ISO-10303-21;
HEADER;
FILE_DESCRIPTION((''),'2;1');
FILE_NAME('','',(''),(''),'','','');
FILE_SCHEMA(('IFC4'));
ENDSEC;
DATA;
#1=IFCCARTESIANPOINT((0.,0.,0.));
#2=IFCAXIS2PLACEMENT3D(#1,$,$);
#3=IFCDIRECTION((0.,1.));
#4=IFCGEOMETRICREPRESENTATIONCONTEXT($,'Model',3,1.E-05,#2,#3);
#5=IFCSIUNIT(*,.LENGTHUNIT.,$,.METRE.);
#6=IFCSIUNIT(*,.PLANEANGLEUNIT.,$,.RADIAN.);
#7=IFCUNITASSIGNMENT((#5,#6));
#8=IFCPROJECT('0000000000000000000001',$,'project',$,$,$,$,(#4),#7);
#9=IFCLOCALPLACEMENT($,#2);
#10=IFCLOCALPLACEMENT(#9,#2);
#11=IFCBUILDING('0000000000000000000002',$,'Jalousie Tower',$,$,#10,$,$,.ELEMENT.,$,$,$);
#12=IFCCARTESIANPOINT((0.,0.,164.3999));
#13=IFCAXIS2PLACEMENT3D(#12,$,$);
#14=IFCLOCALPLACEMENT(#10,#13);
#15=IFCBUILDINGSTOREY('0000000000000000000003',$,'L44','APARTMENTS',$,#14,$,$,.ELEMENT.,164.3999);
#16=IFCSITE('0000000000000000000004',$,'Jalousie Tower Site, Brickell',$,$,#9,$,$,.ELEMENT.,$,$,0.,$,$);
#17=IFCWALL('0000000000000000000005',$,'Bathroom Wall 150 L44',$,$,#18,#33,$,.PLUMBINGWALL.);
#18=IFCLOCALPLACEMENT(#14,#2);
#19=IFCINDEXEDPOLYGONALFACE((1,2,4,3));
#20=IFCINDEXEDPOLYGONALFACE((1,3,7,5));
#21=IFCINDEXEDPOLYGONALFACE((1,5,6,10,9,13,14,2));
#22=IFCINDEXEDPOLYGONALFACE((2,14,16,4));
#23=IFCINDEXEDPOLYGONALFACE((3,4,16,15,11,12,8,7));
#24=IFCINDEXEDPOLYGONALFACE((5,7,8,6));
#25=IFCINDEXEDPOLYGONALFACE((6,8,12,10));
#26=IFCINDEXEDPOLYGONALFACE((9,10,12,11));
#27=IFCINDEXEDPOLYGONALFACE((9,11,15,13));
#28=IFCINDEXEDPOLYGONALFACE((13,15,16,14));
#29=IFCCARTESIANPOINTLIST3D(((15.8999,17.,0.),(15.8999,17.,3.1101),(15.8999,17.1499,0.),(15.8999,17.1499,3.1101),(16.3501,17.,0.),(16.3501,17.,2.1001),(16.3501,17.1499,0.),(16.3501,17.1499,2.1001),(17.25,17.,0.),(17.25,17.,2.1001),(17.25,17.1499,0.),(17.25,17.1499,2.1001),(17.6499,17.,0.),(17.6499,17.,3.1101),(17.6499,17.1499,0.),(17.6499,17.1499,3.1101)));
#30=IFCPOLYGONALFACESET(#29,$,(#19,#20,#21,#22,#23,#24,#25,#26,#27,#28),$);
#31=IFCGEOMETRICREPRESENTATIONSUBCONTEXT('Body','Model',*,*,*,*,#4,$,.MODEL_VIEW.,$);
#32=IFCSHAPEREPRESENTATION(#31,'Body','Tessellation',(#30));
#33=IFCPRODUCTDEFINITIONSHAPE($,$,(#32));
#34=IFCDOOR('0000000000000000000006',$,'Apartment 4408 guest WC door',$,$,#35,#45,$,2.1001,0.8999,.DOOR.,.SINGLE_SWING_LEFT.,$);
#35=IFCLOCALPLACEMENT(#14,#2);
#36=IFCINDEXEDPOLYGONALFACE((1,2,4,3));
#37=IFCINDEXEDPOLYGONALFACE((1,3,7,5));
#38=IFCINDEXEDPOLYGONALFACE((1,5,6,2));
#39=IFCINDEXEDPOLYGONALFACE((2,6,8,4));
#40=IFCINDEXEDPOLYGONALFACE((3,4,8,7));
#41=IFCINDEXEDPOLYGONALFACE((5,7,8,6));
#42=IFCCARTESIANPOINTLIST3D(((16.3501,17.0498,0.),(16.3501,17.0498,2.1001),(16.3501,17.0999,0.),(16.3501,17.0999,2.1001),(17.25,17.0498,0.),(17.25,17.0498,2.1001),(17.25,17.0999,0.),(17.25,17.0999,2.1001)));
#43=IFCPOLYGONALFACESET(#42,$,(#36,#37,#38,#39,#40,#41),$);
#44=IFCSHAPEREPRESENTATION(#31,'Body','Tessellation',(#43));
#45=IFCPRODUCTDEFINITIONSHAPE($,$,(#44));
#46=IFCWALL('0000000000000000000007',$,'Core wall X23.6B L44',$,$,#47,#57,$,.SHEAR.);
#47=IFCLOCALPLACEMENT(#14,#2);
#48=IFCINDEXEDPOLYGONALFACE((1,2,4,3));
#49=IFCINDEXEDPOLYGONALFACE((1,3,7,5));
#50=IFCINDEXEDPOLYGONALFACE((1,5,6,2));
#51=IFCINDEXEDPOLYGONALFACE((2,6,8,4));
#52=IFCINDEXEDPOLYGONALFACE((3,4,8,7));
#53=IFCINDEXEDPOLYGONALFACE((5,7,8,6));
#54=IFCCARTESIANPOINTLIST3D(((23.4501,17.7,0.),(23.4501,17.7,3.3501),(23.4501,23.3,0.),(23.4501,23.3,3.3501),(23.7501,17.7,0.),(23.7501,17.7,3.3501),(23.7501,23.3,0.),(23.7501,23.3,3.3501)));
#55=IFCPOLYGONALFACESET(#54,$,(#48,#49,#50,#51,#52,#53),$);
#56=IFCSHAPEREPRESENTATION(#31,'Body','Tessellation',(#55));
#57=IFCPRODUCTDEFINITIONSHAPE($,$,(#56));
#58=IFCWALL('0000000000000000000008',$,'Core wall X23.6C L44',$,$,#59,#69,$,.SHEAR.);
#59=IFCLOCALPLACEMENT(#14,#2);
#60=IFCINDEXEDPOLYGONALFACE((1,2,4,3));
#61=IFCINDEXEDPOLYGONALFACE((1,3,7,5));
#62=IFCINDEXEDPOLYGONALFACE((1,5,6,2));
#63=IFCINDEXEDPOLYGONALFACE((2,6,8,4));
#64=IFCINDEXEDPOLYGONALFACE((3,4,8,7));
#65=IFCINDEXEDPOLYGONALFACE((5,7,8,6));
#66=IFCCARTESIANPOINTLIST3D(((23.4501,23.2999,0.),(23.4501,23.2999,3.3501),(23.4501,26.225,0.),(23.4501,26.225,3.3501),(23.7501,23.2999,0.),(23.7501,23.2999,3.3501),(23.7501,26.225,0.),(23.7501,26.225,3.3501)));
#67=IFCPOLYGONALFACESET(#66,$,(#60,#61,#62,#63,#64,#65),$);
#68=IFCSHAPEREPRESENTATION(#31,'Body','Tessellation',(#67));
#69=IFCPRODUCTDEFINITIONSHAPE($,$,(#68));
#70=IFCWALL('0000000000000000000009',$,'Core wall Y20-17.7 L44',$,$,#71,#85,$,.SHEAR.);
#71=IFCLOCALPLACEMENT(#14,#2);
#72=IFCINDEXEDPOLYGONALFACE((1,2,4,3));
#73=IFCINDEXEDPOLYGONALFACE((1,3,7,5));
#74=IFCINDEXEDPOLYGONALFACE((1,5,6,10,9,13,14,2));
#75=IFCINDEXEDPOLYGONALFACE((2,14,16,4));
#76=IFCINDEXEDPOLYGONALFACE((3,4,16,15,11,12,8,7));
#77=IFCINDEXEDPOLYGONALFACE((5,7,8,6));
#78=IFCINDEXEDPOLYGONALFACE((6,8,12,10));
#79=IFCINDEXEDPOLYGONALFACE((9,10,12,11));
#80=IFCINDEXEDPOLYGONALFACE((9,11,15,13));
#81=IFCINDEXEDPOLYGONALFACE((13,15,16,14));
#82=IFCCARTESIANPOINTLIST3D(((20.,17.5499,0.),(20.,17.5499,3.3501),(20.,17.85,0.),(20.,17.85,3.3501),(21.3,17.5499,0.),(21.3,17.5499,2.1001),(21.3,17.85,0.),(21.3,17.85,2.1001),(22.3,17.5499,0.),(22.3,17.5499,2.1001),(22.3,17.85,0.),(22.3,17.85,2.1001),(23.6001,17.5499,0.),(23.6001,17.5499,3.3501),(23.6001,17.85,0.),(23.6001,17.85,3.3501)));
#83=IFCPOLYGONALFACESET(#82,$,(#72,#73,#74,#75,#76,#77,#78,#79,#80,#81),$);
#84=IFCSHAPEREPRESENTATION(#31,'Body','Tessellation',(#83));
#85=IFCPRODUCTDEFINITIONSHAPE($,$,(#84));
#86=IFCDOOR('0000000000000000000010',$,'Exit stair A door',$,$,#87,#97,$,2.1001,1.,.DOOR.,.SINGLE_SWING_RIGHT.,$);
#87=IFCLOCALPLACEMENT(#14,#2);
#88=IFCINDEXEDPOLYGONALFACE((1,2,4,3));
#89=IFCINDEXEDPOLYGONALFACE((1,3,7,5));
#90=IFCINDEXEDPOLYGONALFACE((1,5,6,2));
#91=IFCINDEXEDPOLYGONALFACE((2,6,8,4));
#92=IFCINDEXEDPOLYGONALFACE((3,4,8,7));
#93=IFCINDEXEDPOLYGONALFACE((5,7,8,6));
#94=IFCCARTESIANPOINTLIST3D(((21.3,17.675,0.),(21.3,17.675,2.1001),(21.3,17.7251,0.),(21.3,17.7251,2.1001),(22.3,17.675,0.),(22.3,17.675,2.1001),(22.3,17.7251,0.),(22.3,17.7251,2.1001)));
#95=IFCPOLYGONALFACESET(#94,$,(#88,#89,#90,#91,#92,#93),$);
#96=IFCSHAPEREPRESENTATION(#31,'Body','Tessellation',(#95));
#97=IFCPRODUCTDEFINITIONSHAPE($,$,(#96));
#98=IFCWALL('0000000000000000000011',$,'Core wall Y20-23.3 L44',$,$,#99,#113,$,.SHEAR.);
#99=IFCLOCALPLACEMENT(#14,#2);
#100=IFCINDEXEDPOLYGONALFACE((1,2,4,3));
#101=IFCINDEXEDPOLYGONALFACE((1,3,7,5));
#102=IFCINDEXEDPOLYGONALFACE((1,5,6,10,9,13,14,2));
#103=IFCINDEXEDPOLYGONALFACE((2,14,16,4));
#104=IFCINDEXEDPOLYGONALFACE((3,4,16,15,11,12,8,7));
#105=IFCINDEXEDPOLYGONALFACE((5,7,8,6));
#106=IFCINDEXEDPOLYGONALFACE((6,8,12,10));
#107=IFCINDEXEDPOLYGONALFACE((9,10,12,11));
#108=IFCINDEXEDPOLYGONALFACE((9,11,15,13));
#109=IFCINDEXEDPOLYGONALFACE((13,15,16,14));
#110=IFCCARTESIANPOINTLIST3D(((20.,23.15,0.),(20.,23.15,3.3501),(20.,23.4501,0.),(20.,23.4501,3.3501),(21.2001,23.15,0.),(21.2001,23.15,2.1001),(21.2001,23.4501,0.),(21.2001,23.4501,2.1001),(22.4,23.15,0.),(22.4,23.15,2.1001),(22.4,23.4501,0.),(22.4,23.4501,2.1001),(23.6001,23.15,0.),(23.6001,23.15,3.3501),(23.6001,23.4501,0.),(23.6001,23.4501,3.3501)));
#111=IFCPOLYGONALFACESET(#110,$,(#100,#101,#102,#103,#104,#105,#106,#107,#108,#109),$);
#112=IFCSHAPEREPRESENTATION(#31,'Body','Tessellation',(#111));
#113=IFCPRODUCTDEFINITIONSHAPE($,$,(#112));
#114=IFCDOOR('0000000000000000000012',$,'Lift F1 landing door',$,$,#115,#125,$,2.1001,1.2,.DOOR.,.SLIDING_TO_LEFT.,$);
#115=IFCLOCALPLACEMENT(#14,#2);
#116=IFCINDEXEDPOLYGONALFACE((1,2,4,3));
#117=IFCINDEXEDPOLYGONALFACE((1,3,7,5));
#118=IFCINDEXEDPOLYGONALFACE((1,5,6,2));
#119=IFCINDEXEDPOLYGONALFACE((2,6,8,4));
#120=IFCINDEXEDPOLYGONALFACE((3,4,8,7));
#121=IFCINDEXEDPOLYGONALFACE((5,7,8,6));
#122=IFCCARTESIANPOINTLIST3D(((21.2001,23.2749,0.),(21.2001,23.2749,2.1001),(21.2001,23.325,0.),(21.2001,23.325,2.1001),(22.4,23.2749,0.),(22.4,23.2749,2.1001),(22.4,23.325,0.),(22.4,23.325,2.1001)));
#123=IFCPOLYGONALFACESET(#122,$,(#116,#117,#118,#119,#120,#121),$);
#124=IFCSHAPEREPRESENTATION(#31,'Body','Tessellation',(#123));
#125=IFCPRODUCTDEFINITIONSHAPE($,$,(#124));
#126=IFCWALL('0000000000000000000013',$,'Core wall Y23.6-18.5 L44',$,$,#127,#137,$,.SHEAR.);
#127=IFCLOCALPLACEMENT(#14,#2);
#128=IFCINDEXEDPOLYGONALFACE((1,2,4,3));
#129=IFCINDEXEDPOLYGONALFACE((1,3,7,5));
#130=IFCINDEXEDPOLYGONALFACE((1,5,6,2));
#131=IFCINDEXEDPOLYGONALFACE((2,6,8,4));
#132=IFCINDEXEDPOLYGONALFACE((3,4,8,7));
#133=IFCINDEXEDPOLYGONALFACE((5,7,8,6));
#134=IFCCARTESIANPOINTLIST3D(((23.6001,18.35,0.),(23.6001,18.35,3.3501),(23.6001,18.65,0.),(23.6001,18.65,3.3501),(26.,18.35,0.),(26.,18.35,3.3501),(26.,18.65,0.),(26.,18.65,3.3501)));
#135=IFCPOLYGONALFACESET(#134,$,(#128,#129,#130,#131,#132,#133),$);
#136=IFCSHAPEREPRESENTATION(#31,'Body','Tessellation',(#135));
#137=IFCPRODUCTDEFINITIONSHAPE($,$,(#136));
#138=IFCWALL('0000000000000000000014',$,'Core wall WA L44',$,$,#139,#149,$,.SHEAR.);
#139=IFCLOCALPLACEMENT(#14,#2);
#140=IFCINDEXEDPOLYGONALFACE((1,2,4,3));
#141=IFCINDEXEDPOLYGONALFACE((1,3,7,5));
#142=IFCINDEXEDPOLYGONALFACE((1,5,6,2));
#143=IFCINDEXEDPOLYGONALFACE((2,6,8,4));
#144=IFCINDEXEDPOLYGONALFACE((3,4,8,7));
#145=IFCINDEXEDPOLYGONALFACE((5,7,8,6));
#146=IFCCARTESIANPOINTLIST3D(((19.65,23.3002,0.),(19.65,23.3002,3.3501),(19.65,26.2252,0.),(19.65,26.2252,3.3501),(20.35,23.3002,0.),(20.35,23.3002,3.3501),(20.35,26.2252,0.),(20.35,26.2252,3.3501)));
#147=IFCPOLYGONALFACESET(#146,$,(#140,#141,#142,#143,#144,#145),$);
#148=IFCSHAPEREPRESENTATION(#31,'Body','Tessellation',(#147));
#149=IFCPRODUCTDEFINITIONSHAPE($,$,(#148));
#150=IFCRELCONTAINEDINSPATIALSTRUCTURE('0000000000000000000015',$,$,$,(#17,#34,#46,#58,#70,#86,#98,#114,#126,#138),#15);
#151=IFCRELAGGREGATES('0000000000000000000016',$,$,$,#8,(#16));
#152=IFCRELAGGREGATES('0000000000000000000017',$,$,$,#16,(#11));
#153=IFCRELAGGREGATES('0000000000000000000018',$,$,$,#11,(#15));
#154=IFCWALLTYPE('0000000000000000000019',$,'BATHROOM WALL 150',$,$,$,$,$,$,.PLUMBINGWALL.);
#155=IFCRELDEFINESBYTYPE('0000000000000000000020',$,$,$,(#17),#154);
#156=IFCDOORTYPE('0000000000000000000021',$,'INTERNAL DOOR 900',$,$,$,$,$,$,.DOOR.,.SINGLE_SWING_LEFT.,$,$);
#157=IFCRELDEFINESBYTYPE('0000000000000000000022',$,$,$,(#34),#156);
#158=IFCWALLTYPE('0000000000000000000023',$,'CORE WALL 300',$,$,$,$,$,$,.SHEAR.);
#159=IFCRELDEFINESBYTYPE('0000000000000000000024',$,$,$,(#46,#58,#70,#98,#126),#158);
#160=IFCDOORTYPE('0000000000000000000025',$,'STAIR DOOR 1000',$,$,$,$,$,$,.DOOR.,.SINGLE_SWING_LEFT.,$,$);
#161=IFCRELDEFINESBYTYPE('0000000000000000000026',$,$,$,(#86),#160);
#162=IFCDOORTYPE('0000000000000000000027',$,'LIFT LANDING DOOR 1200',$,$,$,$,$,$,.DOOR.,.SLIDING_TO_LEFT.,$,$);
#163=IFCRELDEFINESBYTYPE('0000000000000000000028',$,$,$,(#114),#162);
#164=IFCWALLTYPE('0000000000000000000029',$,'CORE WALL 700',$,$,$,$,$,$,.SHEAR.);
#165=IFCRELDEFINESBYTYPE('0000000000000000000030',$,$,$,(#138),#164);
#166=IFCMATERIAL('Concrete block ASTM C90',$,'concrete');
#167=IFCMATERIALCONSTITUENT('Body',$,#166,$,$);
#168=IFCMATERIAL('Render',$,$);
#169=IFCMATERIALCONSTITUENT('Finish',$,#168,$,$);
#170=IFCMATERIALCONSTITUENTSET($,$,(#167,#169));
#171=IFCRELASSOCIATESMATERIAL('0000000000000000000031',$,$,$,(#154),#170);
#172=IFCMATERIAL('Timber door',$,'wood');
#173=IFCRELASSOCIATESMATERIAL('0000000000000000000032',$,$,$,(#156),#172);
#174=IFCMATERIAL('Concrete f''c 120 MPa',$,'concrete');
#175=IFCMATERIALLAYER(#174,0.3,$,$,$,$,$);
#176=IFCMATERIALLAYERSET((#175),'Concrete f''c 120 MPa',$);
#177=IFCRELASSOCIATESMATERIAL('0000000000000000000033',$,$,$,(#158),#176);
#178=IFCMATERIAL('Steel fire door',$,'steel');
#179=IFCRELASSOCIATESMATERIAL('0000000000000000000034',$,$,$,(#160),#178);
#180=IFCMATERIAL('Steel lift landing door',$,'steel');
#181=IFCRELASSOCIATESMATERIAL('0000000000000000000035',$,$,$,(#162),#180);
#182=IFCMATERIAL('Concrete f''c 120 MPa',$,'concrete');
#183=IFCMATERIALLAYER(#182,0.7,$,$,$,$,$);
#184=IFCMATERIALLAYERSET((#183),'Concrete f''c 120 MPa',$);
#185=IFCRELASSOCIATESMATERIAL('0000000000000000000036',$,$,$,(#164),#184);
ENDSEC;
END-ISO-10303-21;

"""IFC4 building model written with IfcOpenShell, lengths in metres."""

from ifc_helpers import new_model, si_unit, direction, frame, frame_2d, origin, place, context, subcontext, project, spatial, rectangle, extrude, material, layer, layer_set, constituent, constituent_set, type_object, element, fill, save


model = new_model("IFC4")

# Units and contexts
model_context = context("Model", 3, precision=1e-05, world=origin(), true_north=direction((0.0, 1.0)))
body_context = subcontext(model_context, "Body", "Model", "MODEL_VIEW")
ifc_project = project(units=[si_unit("LENGTHUNIT", "METRE"), si_unit("PLANEANGLEUNIT", "RADIAN")], contexts=[model_context])

# Site, building, storey
site_placement = place(None, origin())
site = spatial("IfcSite", under=ifc_project, at=site_placement, Name="Jalousie Tower Site, Brickell", CompositionType="ELEMENT", RefElevation=0.0)
building_placement = place(site_placement, origin())
building = spatial("IfcBuilding", under=site, at=building_placement, Name="Jalousie Tower", CompositionType="ELEMENT")
storey_placement = place(building_placement, frame((0.0, 0.0, 164.3999)))
storey = spatial("IfcBuildingStorey", under=building, at=storey_placement, Name="L44", Description="APARTMENTS", CompositionType="ELEMENT", Elevation=164.3999)

# Wall, opening, door
ifc_material_1 = material(Name="Concrete block ASTM C90", Category="concrete")
ifc_constituent_1 = constituent(ifc_material_1, Name="Body")
ifc_material_2 = material(Name="Render")
ifc_constituent_2 = constituent(ifc_material_2, Name="Finish")
ifc_constituent_set_1 = constituent_set(constituents=[ifc_constituent_1, ifc_constituent_2])
wall_type_1 = type_object("IfcWallType", Name="BATHROOM WALL 150", PredefinedType="PLUMBINGWALL", material=ifc_constituent_set_1)
wall_1_placement = place(storey_placement, frame((17.6499, 17.075, 0.0), z_axis=(0.0, 0.0, 1.0), x_axis=(-1.0, 0.0, 0.0)))
wall_1 = element("IfcWall", 1, at=wall_1_placement, inside=storey, type_object=wall_type_1, Name="Bathroom Wall 150 L44", PredefinedType="PLUMBINGWALL", context=body_context, shape_type="SweptSolid", body=[
    extrude(rectangle(XDim=1.75, YDim=0.1499, at=frame_2d((0.875, 0.0))), origin(), (0.0, 0.0, 1.0), 3.1101),
])
opening_1_placement = place(wall_1_placement, frame((0.3999, 0.0, 0.0)))
opening_1 = element("IfcOpeningElement", 2, at=opening_1_placement, cuts=wall_1, PredefinedType="OPENING", context=body_context, shape_type="SweptSolid", body=[
    extrude(rectangle(XDim=0.8999, YDim=2.1001, at=frame_2d((0.45, 1.05))), frame((0.0, 0.085, 0.0), z_axis=(0.0, -1.0, 0.0), x_axis=(1.0, 0.0, 0.0)), (0.0, 0.0, 1.0), 0.1699),
])
ifc_material_3 = material(Name="Timber door", Category="wood")
door_type_1 = type_object("IfcDoorType", Name="INTERNAL DOOR 900", OperationType="SINGLE_SWING_LEFT", PredefinedType="DOOR", material=ifc_material_3)
door_1_placement = place(opening_1_placement, frame((0.8999, 0.0, 0.0), z_axis=(0.0, 0.0, 1.0), x_axis=(-1.0, 0.0, 0.0)))
door_1 = element("IfcDoor", 3, at=door_1_placement, inside=storey, type_object=door_type_1, Name="Apartment 4408 guest WC door", OperationType="SINGLE_SWING_LEFT", OverallHeight=2.1001, OverallWidth=0.8999, PredefinedType="DOOR", context=body_context, shape_type="SweptSolid", body=[
    extrude(rectangle(XDim=0.8999, YDim=2.1001, at=frame_2d((0.45, 1.05))), frame((0.0, 0.0249, 0.0), z_axis=(0.0, -1.0, 0.0), x_axis=(1.0, 0.0, 0.0)), (0.0, 0.0, 1.0), 0.05),
])
fill(opening_1, door_1)

# Walls
ifc_material_4 = material(Name="Concrete f'c 120 MPa", Category="concrete")
ifc_layer_1 = layer(ifc_material_4, 0.3)
ifc_layer_set_1 = layer_set([ifc_layer_1], Name="Concrete f'c 120 MPa")
wall_type_2 = type_object("IfcWallType", Name="CORE WALL 300", PredefinedType="SHEAR", material=ifc_layer_set_1)
wall_2_placement = place(storey_placement, frame((23.6001, 17.7, 0.0), z_axis=(0.0, 0.0, 1.0), x_axis=(0.0, 1.0, 0.0)))
element("IfcWall", 4, at=wall_2_placement, inside=storey, type_object=wall_type_2, Name="Core wall X23.6B L44", PredefinedType="SHEAR", context=body_context, shape_type="SweptSolid", body=[
    extrude(rectangle(XDim=5.6001, YDim=0.3, at=frame_2d((2.8, 0.0))), origin(), (0.0, 0.0, 1.0), 3.3501),
])
wall_3_placement = place(storey_placement, frame((23.6001, 23.3, 0.0), z_axis=(0.0, 0.0, 1.0), x_axis=(0.0, 1.0, 0.0)))
element("IfcWall", 5, at=wall_3_placement, inside=storey, type_object=wall_type_2, Name="Core wall X23.6C L44", PredefinedType="SHEAR", context=body_context, shape_type="SweptSolid", body=[
    extrude(rectangle(XDim=2.925, YDim=0.3, at=frame_2d((1.4624, 0.0))), origin(), (0.0, 0.0, 1.0), 3.3501),
])

# Walls, openings, doors
wall_4_placement = place(storey_placement, frame((20.0, 17.7, 0.0), z_axis=(0.0, 0.0, 1.0), x_axis=(1.0, 0.0, 0.0)))
wall_4 = element("IfcWall", 6, at=wall_4_placement, inside=storey, type_object=wall_type_2, Name="Core wall Y20-17.7 L44", PredefinedType="SHEAR", context=body_context, shape_type="SweptSolid", body=[
    extrude(rectangle(XDim=3.6001, YDim=0.3, at=frame_2d((1.8, 0.0))), origin(), (0.0, 0.0, 1.0), 3.3501),
])
opening_2_placement = place(wall_4_placement, frame((1.3, 0.0, 0.0)))
opening_2 = element("IfcOpeningElement", 7, at=opening_2_placement, cuts=wall_4, PredefinedType="OPENING", context=body_context, shape_type="SweptSolid", body=[
    extrude(rectangle(XDim=1.0, YDim=2.1001, at=frame_2d((0.5, 1.05))), frame((0.0, 0.1599, 0.0), z_axis=(0.0, -1.0, 0.0), x_axis=(1.0, 0.0, 0.0)), (0.0, 0.0, 1.0), 0.3201),
])
ifc_material_5 = material(Name="Steel fire door", Category="steel")
door_type_2 = type_object("IfcDoorType", Name="STAIR DOOR 1000", OperationType="SINGLE_SWING_LEFT", PredefinedType="DOOR", material=ifc_material_5)
door_2_placement = place(opening_2_placement, frame((1.0, 0.0, 0.0), z_axis=(0.0, 0.0, 1.0), x_axis=(-1.0, 0.0, 0.0)))
door_2 = element("IfcDoor", 8, at=door_2_placement, inside=storey, type_object=door_type_2, Name="Exit stair A door", OperationType="SINGLE_SWING_RIGHT", OverallHeight=2.1001, OverallWidth=1.0, PredefinedType="DOOR", context=body_context, shape_type="SweptSolid", body=[
    extrude(rectangle(XDim=1.0, YDim=2.1001, at=frame_2d((0.5, 1.05))), frame((0.0, 0.0249, 0.0), z_axis=(0.0, -1.0, 0.0), x_axis=(1.0, 0.0, 0.0)), (0.0, 0.0, 1.0), 0.05),
])
fill(opening_2, door_2)
wall_5_placement = place(storey_placement, frame((20.0, 23.3, 0.0), z_axis=(0.0, 0.0, 1.0), x_axis=(1.0, 0.0, 0.0)))
wall_5 = element("IfcWall", 9, at=wall_5_placement, inside=storey, type_object=wall_type_2, Name="Core wall Y20-23.3 L44", PredefinedType="SHEAR", context=body_context, shape_type="SweptSolid", body=[
    extrude(rectangle(XDim=3.6001, YDim=0.3, at=frame_2d((1.8, 0.0))), origin(), (0.0, 0.0, 1.0), 3.3501),
])
opening_3_placement = place(wall_5_placement, frame((1.2, 0.0, 0.0)))
opening_3 = element("IfcOpeningElement", 10, at=opening_3_placement, cuts=wall_5, PredefinedType="OPENING", context=body_context, shape_type="SweptSolid", body=[
    extrude(rectangle(XDim=1.2, YDim=2.1001, at=frame_2d((0.6001, 1.05))), frame((0.0, 0.1599, 0.0), z_axis=(0.0, -1.0, 0.0), x_axis=(1.0, 0.0, 0.0)), (0.0, 0.0, 1.0), 0.3201),
])
ifc_material_6 = material(Name="Steel lift landing door", Category="steel")
door_type_3 = type_object("IfcDoorType", Name="LIFT LANDING DOOR 1200", OperationType="SLIDING_TO_LEFT", PredefinedType="DOOR", material=ifc_material_6)
door_3_placement = place(opening_3_placement, origin())
door_3 = element("IfcDoor", 11, at=door_3_placement, inside=storey, type_object=door_type_3, Name="Lift F1 landing door", OperationType="SLIDING_TO_LEFT", OverallHeight=2.1001, OverallWidth=1.2, PredefinedType="DOOR", context=body_context, shape_type="SweptSolid", body=[
    extrude(rectangle(XDim=1.2, YDim=2.1001, at=frame_2d((0.6001, 1.05))), frame((0.0, 0.0249, 0.0), z_axis=(0.0, -1.0, 0.0), x_axis=(1.0, 0.0, 0.0)), (0.0, 0.0, 1.0), 0.05),
])
fill(opening_3, door_3)

# Walls
wall_6_placement = place(storey_placement, frame((23.6001, 18.5, 0.0), z_axis=(0.0, 0.0, 1.0), x_axis=(1.0, 0.0, 0.0)))
element("IfcWall", 12, at=wall_6_placement, inside=storey, type_object=wall_type_2, Name="Core wall Y23.6-18.5 L44", PredefinedType="SHEAR", context=body_context, shape_type="SweptSolid", body=[
    extrude(rectangle(XDim=2.3999, YDim=0.3, at=frame_2d((1.2, 0.0))), origin(), (0.0, 0.0, 1.0), 3.3501),
])
ifc_material_7 = material(Name="Concrete f'c 120 MPa", Category="concrete")
ifc_layer_2 = layer(ifc_material_7, 0.7)
ifc_layer_set_2 = layer_set([ifc_layer_2], Name="Concrete f'c 120 MPa")
wall_type_3 = type_object("IfcWallType", Name="CORE WALL 700", PredefinedType="SHEAR", material=ifc_layer_set_2)
wall_7_placement = place(storey_placement, frame((20.0, 26.2251, 0.0), z_axis=(0.0, 0.0, 1.0), x_axis=(0.0, -1.0, 0.0)))
element("IfcWall", 13, at=wall_7_placement, inside=storey, type_object=wall_type_3, Name="Core wall WA L44", PredefinedType="SHEAR", context=body_context, shape_type="SweptSolid", body=[
    extrude(rectangle(XDim=2.925, YDim=0.7, at=frame_2d((1.4624, 0.0))), origin(), (0.0, 0.0, 1.0), 3.3501),
])

save(model, "model.ifc")
